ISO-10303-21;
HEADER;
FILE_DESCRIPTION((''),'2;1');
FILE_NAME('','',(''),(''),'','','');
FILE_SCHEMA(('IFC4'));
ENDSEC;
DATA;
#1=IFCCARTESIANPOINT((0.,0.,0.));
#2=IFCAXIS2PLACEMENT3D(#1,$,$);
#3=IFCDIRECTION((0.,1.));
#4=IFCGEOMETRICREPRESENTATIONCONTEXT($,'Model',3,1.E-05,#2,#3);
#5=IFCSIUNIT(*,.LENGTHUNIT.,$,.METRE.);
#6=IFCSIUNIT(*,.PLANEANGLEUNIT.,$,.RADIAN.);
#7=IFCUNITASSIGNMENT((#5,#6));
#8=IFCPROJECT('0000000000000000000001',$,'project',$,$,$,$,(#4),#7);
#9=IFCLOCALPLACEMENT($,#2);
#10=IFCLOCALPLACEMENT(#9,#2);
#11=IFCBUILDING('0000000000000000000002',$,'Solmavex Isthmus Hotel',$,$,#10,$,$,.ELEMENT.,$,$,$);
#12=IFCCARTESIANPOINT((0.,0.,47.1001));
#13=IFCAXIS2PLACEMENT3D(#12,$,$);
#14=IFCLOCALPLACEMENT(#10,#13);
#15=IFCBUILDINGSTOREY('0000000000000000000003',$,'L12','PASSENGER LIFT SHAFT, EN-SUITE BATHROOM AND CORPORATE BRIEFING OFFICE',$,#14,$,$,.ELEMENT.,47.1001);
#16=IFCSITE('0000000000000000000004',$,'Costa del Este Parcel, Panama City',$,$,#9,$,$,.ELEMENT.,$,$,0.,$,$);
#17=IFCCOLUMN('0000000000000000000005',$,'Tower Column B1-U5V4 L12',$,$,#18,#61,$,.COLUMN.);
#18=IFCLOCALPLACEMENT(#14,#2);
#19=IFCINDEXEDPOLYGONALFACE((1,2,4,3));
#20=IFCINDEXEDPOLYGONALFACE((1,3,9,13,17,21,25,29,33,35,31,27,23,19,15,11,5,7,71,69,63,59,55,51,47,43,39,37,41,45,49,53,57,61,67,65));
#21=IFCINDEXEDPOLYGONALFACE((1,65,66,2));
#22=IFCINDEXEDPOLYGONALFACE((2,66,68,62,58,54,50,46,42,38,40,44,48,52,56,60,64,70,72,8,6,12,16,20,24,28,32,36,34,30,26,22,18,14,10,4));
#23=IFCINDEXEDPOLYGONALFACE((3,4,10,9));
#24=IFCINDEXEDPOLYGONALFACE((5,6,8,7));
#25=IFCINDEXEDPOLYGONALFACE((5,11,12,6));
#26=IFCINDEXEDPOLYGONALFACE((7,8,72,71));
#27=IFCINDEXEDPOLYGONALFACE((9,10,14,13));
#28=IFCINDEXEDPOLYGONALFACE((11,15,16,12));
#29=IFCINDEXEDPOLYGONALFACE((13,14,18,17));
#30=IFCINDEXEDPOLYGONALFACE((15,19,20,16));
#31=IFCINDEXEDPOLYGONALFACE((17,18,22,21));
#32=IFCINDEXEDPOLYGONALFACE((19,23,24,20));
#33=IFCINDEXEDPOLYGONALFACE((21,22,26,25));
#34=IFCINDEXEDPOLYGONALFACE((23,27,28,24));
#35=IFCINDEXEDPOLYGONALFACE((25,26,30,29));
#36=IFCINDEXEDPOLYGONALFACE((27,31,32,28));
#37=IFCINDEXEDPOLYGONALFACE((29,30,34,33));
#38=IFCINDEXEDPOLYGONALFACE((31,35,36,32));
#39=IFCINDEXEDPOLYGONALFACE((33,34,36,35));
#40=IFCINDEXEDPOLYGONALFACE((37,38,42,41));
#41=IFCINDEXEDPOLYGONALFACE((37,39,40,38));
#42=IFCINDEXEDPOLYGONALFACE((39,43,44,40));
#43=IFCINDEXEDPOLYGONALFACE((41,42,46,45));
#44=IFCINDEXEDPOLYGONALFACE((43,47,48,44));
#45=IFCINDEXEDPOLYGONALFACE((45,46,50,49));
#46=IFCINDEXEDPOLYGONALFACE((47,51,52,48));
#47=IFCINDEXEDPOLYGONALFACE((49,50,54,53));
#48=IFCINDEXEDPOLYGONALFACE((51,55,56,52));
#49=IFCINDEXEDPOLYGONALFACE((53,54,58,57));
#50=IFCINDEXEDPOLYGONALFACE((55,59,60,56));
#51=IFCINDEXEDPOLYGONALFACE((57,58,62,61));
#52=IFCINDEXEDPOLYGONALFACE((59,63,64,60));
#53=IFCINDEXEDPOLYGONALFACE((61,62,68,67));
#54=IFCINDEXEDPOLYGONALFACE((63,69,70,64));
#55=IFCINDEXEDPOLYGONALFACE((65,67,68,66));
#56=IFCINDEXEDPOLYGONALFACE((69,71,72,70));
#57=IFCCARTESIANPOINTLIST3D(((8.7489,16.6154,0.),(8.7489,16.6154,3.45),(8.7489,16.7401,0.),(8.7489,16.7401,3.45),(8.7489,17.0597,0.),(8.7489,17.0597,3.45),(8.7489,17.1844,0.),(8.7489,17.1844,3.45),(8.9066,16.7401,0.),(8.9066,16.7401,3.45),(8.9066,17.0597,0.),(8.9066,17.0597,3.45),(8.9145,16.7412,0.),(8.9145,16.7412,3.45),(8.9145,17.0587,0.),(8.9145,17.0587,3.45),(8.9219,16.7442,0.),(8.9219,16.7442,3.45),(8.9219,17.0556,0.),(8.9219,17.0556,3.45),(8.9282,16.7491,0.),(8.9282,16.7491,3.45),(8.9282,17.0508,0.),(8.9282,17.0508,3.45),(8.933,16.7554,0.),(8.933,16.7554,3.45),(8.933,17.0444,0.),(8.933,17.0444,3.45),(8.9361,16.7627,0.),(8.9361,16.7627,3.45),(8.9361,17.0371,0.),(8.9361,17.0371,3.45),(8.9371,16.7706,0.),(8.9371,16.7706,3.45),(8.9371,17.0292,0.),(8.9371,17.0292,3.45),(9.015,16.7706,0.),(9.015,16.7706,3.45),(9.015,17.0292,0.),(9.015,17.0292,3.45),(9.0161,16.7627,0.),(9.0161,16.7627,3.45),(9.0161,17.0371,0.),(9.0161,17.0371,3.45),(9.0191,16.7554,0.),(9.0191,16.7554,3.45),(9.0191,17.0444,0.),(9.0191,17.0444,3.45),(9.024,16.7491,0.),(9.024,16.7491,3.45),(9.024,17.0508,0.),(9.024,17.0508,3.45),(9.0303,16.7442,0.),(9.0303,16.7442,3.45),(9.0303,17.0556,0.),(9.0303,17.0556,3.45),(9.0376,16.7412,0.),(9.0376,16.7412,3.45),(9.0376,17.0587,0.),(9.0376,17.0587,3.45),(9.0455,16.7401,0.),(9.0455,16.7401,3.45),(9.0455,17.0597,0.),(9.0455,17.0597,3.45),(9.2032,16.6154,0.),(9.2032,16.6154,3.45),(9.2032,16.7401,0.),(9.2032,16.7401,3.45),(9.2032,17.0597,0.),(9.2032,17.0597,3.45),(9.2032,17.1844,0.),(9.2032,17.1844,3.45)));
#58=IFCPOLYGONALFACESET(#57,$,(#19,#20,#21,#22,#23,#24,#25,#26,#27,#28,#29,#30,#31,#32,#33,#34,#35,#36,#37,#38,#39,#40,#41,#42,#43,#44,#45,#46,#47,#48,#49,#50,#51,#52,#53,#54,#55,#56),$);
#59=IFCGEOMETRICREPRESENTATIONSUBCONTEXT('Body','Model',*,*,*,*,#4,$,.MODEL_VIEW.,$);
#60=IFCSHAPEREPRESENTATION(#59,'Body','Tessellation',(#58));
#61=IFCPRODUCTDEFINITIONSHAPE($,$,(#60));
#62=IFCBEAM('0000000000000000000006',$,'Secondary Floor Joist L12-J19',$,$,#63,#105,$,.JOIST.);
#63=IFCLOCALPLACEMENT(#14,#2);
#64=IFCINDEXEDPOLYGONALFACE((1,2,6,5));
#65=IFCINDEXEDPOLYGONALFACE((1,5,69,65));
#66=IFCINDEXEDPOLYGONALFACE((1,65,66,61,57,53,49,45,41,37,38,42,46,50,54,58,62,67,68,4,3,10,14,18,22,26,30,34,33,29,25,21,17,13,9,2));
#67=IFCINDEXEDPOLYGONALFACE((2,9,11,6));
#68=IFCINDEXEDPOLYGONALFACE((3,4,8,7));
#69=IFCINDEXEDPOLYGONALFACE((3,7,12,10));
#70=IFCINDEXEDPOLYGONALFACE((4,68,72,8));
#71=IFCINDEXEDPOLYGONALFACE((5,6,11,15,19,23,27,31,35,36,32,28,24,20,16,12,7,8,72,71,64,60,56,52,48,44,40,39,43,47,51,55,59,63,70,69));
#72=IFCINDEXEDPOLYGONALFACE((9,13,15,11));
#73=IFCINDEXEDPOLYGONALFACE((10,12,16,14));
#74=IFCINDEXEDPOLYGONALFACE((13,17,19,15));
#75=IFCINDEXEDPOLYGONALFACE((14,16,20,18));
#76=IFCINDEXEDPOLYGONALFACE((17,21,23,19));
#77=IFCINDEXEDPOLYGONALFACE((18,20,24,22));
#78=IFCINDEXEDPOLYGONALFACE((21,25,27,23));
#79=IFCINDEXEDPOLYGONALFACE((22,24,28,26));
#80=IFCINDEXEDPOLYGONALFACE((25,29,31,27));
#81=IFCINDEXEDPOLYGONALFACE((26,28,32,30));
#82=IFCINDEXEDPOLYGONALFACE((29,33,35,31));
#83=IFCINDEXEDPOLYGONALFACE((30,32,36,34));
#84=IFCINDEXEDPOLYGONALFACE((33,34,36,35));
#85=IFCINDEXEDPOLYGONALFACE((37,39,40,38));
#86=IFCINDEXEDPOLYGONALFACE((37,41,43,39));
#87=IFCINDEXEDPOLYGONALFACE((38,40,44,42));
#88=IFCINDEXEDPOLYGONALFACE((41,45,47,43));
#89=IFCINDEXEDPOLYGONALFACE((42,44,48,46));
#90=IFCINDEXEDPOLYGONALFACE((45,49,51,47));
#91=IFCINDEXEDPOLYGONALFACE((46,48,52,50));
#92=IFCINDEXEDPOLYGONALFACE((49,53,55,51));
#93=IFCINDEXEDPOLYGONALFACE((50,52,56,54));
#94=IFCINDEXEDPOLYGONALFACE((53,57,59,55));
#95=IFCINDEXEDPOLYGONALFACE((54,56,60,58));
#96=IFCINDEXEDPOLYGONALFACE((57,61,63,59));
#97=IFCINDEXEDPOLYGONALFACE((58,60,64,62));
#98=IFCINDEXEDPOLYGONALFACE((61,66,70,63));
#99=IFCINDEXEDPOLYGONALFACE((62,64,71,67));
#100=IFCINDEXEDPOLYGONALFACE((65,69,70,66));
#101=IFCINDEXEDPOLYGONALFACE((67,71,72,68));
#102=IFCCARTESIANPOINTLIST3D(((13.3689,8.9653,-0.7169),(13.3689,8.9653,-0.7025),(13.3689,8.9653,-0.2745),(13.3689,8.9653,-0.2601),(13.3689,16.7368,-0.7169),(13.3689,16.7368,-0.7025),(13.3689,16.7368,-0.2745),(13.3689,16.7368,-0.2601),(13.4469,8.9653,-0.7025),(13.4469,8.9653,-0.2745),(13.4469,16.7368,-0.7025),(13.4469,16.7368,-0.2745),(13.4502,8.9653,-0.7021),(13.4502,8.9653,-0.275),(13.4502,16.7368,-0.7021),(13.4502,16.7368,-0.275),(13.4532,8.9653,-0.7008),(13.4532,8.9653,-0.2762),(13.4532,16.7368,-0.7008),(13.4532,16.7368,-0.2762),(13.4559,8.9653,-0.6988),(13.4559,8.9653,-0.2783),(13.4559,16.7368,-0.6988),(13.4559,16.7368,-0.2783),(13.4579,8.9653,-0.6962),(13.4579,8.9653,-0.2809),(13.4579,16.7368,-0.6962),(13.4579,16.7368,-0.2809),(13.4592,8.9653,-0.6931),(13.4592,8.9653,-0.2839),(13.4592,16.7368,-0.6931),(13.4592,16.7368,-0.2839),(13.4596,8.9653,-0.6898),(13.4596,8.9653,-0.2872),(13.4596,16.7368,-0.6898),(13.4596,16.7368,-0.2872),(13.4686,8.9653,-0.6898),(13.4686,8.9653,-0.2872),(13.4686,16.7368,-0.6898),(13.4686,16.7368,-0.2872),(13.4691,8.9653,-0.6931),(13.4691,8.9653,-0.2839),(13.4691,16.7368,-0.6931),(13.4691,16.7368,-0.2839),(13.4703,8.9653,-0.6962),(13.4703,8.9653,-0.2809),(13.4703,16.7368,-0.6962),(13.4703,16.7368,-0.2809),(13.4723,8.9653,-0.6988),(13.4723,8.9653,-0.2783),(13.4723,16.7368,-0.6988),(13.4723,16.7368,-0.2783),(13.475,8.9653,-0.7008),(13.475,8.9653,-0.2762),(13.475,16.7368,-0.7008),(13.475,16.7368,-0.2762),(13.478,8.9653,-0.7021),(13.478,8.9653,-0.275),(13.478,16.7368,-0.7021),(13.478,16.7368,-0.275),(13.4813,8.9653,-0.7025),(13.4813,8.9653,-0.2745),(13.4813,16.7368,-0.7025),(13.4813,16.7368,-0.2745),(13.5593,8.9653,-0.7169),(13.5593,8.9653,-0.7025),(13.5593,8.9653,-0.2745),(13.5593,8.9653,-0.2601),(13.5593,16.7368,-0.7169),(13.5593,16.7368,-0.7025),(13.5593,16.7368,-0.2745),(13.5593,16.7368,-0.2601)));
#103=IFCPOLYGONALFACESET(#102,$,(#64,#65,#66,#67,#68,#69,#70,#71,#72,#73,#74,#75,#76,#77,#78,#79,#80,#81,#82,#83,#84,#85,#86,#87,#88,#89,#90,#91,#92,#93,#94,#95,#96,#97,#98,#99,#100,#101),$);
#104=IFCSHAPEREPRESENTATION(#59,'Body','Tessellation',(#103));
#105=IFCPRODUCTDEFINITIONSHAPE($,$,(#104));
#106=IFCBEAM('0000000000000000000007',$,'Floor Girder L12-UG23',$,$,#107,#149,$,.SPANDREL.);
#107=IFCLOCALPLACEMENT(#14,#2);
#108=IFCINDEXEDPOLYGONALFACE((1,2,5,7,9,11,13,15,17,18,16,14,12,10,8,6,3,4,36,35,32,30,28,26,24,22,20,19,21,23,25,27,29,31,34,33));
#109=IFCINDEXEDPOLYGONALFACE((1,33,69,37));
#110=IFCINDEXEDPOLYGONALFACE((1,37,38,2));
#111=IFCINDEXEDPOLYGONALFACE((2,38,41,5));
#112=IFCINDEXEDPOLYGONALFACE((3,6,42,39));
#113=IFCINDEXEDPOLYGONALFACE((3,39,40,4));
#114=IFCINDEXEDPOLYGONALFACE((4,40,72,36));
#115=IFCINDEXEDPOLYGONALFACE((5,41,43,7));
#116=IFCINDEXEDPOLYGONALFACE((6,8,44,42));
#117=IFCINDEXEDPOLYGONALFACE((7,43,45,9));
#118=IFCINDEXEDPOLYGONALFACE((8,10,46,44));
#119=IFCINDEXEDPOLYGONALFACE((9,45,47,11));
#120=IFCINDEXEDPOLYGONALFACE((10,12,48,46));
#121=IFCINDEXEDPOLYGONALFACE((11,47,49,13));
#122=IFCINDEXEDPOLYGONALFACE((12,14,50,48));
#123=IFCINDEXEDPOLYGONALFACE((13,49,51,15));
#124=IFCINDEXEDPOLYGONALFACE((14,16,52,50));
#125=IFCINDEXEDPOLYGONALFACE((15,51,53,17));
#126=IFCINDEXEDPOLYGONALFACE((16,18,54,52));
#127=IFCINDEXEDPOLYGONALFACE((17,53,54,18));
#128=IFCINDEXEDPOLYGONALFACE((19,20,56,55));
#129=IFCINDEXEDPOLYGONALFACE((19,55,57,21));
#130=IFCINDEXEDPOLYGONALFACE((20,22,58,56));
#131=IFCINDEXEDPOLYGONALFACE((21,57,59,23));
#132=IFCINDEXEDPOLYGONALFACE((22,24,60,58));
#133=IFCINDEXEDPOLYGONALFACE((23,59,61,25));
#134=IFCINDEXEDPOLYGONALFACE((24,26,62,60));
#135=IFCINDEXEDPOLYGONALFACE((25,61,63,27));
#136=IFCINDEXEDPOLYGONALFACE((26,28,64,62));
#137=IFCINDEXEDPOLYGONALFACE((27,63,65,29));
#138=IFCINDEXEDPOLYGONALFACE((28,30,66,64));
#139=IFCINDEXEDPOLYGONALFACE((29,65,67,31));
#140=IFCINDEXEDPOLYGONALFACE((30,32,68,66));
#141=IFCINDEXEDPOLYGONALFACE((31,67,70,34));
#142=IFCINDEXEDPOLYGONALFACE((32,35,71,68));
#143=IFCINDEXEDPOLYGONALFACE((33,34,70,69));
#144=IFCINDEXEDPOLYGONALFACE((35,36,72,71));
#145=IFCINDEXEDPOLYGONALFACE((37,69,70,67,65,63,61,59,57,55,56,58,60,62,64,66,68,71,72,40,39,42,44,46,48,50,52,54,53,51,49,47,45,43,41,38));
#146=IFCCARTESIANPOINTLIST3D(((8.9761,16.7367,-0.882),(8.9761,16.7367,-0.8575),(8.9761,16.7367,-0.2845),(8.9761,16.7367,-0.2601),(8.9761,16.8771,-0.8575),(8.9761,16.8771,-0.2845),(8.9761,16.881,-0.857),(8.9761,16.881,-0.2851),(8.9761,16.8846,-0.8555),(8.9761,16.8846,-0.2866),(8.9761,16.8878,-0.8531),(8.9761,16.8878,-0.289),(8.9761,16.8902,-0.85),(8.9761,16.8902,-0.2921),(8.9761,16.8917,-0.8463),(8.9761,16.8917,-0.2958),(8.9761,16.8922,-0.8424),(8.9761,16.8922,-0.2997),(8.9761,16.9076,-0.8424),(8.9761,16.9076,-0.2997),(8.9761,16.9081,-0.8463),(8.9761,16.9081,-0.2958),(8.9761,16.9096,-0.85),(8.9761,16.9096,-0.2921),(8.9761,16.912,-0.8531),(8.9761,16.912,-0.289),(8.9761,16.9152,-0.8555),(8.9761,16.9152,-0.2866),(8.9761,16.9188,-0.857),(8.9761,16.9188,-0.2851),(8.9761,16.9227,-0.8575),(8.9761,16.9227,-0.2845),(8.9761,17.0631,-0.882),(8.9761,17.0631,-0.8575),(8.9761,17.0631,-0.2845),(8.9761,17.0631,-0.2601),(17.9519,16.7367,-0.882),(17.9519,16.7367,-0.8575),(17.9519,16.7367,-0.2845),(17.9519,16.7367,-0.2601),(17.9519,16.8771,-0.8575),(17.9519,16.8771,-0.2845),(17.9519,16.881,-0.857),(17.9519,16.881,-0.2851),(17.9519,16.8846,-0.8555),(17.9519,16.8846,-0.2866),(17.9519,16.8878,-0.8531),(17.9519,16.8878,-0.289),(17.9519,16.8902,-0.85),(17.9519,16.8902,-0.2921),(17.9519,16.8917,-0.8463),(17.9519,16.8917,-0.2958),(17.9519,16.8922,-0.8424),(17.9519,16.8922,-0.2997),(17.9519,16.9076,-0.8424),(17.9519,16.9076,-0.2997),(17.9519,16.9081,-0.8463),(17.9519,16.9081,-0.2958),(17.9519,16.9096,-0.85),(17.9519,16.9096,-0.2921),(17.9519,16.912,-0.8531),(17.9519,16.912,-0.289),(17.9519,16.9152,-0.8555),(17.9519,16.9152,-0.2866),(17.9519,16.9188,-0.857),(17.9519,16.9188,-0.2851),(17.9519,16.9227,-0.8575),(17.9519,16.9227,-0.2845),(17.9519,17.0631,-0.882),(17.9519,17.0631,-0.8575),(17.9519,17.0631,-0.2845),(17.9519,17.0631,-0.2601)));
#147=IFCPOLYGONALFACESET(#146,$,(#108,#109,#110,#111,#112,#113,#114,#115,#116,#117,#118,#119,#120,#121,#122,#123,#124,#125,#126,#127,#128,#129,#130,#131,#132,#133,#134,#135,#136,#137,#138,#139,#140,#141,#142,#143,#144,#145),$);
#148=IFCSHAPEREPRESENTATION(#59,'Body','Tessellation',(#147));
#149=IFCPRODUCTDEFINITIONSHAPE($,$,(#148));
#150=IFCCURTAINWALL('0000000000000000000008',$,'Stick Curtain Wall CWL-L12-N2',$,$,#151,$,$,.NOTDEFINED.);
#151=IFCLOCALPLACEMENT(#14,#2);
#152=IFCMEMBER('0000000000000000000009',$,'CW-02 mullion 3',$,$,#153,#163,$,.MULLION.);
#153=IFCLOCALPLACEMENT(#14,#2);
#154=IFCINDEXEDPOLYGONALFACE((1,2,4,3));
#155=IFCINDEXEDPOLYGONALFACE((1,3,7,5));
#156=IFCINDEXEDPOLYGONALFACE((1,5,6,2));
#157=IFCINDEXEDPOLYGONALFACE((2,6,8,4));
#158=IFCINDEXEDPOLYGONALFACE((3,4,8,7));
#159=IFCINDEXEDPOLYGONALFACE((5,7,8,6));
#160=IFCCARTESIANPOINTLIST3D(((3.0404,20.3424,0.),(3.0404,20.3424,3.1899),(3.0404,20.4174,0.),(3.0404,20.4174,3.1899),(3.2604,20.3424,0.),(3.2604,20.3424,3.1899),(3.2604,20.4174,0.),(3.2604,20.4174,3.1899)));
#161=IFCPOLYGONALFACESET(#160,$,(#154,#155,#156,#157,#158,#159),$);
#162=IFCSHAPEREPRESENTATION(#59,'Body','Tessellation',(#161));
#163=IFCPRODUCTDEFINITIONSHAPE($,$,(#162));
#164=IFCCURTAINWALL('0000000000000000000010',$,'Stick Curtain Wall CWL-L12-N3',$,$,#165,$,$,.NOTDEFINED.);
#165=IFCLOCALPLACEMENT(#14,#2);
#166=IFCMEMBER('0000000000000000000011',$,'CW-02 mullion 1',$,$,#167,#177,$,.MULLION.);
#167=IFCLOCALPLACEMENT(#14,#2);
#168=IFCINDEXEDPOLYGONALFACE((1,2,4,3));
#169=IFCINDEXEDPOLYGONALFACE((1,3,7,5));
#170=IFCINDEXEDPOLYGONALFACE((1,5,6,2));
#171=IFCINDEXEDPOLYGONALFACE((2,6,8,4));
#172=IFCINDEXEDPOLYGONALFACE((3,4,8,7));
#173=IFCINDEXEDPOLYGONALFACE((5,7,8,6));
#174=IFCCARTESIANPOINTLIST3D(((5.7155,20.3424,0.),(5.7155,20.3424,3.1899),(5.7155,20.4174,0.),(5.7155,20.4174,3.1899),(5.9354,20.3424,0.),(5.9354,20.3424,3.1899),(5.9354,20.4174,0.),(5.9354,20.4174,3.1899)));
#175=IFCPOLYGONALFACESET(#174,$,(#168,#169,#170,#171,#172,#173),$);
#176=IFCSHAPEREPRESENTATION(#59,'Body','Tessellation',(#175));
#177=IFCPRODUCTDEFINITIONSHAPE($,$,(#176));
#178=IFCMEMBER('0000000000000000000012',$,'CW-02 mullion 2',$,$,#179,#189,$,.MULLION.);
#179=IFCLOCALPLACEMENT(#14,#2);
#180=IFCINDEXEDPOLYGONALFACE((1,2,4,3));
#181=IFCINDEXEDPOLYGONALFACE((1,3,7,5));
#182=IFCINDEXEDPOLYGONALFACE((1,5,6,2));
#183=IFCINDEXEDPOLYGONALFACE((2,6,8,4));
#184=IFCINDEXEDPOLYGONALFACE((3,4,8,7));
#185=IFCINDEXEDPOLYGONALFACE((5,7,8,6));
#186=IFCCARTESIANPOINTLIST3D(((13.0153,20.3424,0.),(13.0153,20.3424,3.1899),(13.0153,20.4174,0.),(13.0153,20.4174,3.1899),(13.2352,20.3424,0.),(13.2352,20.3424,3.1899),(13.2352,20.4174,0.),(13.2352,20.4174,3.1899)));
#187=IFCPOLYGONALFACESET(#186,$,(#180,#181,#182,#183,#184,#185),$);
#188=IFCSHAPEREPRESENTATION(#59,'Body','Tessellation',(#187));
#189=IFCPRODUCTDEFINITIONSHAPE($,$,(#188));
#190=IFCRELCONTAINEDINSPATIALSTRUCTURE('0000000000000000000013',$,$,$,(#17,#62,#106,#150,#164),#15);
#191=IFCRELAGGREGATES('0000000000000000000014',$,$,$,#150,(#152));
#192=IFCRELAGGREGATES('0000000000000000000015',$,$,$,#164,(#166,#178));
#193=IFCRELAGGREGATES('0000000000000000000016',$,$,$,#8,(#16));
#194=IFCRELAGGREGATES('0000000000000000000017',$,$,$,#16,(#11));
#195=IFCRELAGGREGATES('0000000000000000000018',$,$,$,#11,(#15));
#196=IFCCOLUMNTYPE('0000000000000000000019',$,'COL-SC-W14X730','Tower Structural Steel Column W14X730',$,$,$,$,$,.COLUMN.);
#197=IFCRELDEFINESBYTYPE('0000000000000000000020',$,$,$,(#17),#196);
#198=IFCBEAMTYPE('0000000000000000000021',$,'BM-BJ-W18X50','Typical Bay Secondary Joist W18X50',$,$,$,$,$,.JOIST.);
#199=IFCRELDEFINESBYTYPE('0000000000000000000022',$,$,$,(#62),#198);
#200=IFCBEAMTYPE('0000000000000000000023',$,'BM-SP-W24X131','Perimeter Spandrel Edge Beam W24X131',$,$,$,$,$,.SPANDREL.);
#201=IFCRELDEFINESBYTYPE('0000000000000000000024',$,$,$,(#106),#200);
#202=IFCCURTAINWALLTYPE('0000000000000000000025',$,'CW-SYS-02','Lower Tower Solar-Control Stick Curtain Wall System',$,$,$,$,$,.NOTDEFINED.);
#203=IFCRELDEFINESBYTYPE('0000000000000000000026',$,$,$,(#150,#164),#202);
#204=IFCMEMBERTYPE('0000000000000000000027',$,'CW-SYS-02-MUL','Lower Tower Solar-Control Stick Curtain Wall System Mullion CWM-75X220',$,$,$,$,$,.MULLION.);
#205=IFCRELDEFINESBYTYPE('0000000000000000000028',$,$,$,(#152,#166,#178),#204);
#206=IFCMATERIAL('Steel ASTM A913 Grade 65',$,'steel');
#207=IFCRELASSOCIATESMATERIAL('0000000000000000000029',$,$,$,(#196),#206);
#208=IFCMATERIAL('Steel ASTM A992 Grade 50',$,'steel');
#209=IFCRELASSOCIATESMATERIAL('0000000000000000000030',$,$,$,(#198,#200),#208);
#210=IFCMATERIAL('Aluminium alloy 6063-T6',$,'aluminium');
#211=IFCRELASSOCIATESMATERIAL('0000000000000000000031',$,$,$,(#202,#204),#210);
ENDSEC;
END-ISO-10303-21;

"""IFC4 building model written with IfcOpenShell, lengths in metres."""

from ifc_helpers import new_model, si_unit, direction, frame, origin, origin_2d, place, context, subcontext, project, spatial, rectangle, i_section, extrude, material, material_profile, profile_set, type_object, element, aggregate, save


model = new_model("IFC4")

# Units and contexts
model_context = context("Model", 3, precision=1e-05, world=origin(), true_north=direction((0.0, 1.0)))
body_context = subcontext(model_context, "Body", "Model", "MODEL_VIEW")
ifc_project = project(units=[si_unit("LENGTHUNIT", "METRE"), si_unit("PLANEANGLEUNIT", "RADIAN")], contexts=[model_context])

# Site, building, storey
site_placement = place(None, origin())
site = spatial("IfcSite", under=ifc_project, at=site_placement, Name="Costa del Este Parcel, Panama City", CompositionType="ELEMENT", RefElevation=0.0)
building_placement = place(site_placement, origin())
building = spatial("IfcBuilding", under=site, at=building_placement, Name="Solmavex Isthmus Hotel", CompositionType="ELEMENT")
storey_placement = place(building_placement, frame((0.0, 0.0, 47.1001)))
storey = spatial("IfcBuildingStorey", under=building, at=storey_placement, Name="L12", Description="PASSENGER LIFT SHAFT, EN-SUITE BATHROOM AND CORPORATE BRIEFING OFFICE", CompositionType="ELEMENT", Elevation=47.1001)

# Column
ifc_material_1 = material(Name="Steel ASTM A913 Grade 65", Category="steel")
ifc_material_profile_1 = material_profile(ifc_material_1, i_section(OverallWidth=0.4543, OverallDepth=0.5691, WebThickness=0.0779, FlangeThickness=0.1248, FilletRadius=0.0305, at=origin_2d()), Name="W14X730")
ifc_profile_set_1 = profile_set([ifc_material_profile_1], Name="Steel ASTM A913 Grade 65")
column_type = type_object("IfcColumnType", Name="COL-SC-W14X730", Description="Tower Structural Steel Column W14X730", PredefinedType="COLUMN", material=ifc_profile_set_1)
column_placement = place(storey_placement, frame((8.9761, 16.8999, 0.0), z_axis=(0.0, 0.0, 1.0), x_axis=(1.0, 0.0, 0.0)))
element("IfcColumn", 1, at=column_placement, inside=storey, type_object=column_type, Name="Tower Column B1-U5V4 L12", PredefinedType="COLUMN", context=body_context, shape_type="SweptSolid", body=[
    extrude(i_section(OverallWidth=0.4543, OverallDepth=0.5691, WebThickness=0.0779, FlangeThickness=0.1248, FilletRadius=0.0305, at=origin_2d()), origin(), (0.0, 0.0, 1.0), 3.45),
])

# Beams
ifc_material_2 = material(Name="Steel ASTM A992 Grade 50", Category="steel")
ifc_material_profile_2 = material_profile(ifc_material_2, i_section(OverallWidth=0.1904, OverallDepth=0.4568, WebThickness=0.009, FlangeThickness=0.0144, FilletRadius=0.0127, at=origin_2d()), Name="W18X50")
ifc_profile_set_2 = profile_set([ifc_material_profile_2], Name="Steel ASTM A992 Grade 50")
beam_type_1 = type_object("IfcBeamType", Name="BM-BJ-W18X50", Description="Typical Bay Secondary Joist W18X50", PredefinedType="JOIST", material=ifc_profile_set_2)
beam_1_placement = place(storey_placement, frame((13.4641, 8.9653, -0.4885), z_axis=(0.0, 1.0, 0.0), x_axis=(-1.0, 0.0, 0.0)))
element("IfcBeam", 2, at=beam_1_placement, inside=storey, type_object=beam_type_1, Name="Secondary Floor Joist L12-J19", PredefinedType="JOIST", context=body_context, shape_type="SweptSolid", body=[
    extrude(i_section(OverallWidth=0.1904, OverallDepth=0.4568, WebThickness=0.009, FlangeThickness=0.0144, FilletRadius=0.0127, at=origin_2d()), origin(), (0.0, 0.0, 1.0), 7.7715),
])
ifc_material_profile_3 = material_profile(ifc_material_2, i_section(OverallWidth=0.3264, OverallDepth=0.6218, WebThickness=0.0154, FlangeThickness=0.0244, FilletRadius=0.0151, at=origin_2d()), Name="W24X131")
ifc_profile_set_3 = profile_set([ifc_material_profile_3], Name="Steel ASTM A992 Grade 50")
beam_type_2 = type_object("IfcBeamType", Name="BM-SP-W24X131", Description="Perimeter Spandrel Edge Beam W24X131", PredefinedType="SPANDREL", material=ifc_profile_set_3)
beam_2_placement = place(storey_placement, frame((8.9761, 16.8999, -0.571), z_axis=(1.0, 0.0, 0.0), x_axis=(0.0, 1.0, 0.0)))
element("IfcBeam", 3, at=beam_2_placement, inside=storey, type_object=beam_type_2, Name="Floor Girder L12-UG23", PredefinedType="SPANDREL", context=body_context, shape_type="SweptSolid", body=[
    extrude(i_section(OverallWidth=0.3264, OverallDepth=0.6218, WebThickness=0.0154, FlangeThickness=0.0244, FilletRadius=0.0151, at=origin_2d()), origin(), (0.0, 0.0, 1.0), 8.9758),
])

# Curtain wall, member
ifc_material_3 = material(Name="Aluminium alloy 6063-T6", Category="aluminium")
curtain_wall_type = type_object("IfcCurtainWallType", Name="CW-SYS-02", Description="Lower Tower Solar-Control Stick Curtain Wall System", PredefinedType="NOTDEFINED", material=ifc_material_3)
curtain_wall_1_placement = place(storey_placement, origin())
curtain_wall_1 = element("IfcCurtainWall", 4, at=curtain_wall_1_placement, inside=storey, type_object=curtain_wall_type, Name="Stick Curtain Wall CWL-L12-N2", PredefinedType="NOTDEFINED")
ifc_material_profile_4 = material_profile(ifc_material_3, rectangle(XDim=0.075, YDim=0.22, at=origin_2d()), Name="CWM-75X220")
ifc_profile_set_4 = profile_set([ifc_material_profile_4], Name="Aluminium alloy 6063-T6")
member_type_1 = type_object("IfcMemberType", Name="CW-SYS-02-MUL", Description="Lower Tower Solar-Control Stick Curtain Wall System Mullion CWM-75X220", PredefinedType="MULLION", material=ifc_profile_set_4)
member_1_placement = place(storey_placement, frame((3.1504, 20.3799, 0.0), z_axis=(0.0, 0.0, 1.0), x_axis=(0.0, 1.0, 0.0)))
member_1 = element("IfcMember", 5, at=member_1_placement, type_object=member_type_1, Name="CW-02 mullion 3", PredefinedType="MULLION", context=body_context, shape_type="SweptSolid", body=[
    extrude(rectangle(XDim=0.075, YDim=0.22, at=origin_2d()), origin(), (0.0, 0.0, 1.0), 3.1899),
])
aggregate(curtain_wall_1, [member_1])

# Curtain wall, members
curtain_wall_2_placement = place(storey_placement, origin())
curtain_wall_2 = element("IfcCurtainWall", 6, at=curtain_wall_2_placement, inside=storey, type_object=curtain_wall_type, Name="Stick Curtain Wall CWL-L12-N3", PredefinedType="NOTDEFINED")
member_2_placement = place(storey_placement, frame((5.8254, 20.3799, 0.0), z_axis=(0.0, 0.0, 1.0), x_axis=(0.0, 1.0, 0.0)))
member_2 = element("IfcMember", 7, at=member_2_placement, type_object=member_type_1, Name="CW-02 mullion 1", PredefinedType="MULLION", context=body_context, shape_type="SweptSolid", body=[
    extrude(rectangle(XDim=0.075, YDim=0.22, at=origin_2d()), origin(), (0.0, 0.0, 1.0), 3.1899),
])
member_3_placement = place(storey_placement, frame((13.1252, 20.3799, 0.0), z_axis=(0.0, 0.0, 1.0), x_axis=(0.0, 1.0, 0.0)))
member_3 = element("IfcMember", 8, at=member_3_placement, type_object=member_type_1, Name="CW-02 mullion 2", PredefinedType="MULLION", context=body_context, shape_type="SweptSolid", body=[
    extrude(rectangle(XDim=0.075, YDim=0.22, at=origin_2d()), origin(), (0.0, 0.0, 1.0), 3.1899),
])
aggregate(curtain_wall_2, [member_2, member_3])

save(model, "model.ifc")
